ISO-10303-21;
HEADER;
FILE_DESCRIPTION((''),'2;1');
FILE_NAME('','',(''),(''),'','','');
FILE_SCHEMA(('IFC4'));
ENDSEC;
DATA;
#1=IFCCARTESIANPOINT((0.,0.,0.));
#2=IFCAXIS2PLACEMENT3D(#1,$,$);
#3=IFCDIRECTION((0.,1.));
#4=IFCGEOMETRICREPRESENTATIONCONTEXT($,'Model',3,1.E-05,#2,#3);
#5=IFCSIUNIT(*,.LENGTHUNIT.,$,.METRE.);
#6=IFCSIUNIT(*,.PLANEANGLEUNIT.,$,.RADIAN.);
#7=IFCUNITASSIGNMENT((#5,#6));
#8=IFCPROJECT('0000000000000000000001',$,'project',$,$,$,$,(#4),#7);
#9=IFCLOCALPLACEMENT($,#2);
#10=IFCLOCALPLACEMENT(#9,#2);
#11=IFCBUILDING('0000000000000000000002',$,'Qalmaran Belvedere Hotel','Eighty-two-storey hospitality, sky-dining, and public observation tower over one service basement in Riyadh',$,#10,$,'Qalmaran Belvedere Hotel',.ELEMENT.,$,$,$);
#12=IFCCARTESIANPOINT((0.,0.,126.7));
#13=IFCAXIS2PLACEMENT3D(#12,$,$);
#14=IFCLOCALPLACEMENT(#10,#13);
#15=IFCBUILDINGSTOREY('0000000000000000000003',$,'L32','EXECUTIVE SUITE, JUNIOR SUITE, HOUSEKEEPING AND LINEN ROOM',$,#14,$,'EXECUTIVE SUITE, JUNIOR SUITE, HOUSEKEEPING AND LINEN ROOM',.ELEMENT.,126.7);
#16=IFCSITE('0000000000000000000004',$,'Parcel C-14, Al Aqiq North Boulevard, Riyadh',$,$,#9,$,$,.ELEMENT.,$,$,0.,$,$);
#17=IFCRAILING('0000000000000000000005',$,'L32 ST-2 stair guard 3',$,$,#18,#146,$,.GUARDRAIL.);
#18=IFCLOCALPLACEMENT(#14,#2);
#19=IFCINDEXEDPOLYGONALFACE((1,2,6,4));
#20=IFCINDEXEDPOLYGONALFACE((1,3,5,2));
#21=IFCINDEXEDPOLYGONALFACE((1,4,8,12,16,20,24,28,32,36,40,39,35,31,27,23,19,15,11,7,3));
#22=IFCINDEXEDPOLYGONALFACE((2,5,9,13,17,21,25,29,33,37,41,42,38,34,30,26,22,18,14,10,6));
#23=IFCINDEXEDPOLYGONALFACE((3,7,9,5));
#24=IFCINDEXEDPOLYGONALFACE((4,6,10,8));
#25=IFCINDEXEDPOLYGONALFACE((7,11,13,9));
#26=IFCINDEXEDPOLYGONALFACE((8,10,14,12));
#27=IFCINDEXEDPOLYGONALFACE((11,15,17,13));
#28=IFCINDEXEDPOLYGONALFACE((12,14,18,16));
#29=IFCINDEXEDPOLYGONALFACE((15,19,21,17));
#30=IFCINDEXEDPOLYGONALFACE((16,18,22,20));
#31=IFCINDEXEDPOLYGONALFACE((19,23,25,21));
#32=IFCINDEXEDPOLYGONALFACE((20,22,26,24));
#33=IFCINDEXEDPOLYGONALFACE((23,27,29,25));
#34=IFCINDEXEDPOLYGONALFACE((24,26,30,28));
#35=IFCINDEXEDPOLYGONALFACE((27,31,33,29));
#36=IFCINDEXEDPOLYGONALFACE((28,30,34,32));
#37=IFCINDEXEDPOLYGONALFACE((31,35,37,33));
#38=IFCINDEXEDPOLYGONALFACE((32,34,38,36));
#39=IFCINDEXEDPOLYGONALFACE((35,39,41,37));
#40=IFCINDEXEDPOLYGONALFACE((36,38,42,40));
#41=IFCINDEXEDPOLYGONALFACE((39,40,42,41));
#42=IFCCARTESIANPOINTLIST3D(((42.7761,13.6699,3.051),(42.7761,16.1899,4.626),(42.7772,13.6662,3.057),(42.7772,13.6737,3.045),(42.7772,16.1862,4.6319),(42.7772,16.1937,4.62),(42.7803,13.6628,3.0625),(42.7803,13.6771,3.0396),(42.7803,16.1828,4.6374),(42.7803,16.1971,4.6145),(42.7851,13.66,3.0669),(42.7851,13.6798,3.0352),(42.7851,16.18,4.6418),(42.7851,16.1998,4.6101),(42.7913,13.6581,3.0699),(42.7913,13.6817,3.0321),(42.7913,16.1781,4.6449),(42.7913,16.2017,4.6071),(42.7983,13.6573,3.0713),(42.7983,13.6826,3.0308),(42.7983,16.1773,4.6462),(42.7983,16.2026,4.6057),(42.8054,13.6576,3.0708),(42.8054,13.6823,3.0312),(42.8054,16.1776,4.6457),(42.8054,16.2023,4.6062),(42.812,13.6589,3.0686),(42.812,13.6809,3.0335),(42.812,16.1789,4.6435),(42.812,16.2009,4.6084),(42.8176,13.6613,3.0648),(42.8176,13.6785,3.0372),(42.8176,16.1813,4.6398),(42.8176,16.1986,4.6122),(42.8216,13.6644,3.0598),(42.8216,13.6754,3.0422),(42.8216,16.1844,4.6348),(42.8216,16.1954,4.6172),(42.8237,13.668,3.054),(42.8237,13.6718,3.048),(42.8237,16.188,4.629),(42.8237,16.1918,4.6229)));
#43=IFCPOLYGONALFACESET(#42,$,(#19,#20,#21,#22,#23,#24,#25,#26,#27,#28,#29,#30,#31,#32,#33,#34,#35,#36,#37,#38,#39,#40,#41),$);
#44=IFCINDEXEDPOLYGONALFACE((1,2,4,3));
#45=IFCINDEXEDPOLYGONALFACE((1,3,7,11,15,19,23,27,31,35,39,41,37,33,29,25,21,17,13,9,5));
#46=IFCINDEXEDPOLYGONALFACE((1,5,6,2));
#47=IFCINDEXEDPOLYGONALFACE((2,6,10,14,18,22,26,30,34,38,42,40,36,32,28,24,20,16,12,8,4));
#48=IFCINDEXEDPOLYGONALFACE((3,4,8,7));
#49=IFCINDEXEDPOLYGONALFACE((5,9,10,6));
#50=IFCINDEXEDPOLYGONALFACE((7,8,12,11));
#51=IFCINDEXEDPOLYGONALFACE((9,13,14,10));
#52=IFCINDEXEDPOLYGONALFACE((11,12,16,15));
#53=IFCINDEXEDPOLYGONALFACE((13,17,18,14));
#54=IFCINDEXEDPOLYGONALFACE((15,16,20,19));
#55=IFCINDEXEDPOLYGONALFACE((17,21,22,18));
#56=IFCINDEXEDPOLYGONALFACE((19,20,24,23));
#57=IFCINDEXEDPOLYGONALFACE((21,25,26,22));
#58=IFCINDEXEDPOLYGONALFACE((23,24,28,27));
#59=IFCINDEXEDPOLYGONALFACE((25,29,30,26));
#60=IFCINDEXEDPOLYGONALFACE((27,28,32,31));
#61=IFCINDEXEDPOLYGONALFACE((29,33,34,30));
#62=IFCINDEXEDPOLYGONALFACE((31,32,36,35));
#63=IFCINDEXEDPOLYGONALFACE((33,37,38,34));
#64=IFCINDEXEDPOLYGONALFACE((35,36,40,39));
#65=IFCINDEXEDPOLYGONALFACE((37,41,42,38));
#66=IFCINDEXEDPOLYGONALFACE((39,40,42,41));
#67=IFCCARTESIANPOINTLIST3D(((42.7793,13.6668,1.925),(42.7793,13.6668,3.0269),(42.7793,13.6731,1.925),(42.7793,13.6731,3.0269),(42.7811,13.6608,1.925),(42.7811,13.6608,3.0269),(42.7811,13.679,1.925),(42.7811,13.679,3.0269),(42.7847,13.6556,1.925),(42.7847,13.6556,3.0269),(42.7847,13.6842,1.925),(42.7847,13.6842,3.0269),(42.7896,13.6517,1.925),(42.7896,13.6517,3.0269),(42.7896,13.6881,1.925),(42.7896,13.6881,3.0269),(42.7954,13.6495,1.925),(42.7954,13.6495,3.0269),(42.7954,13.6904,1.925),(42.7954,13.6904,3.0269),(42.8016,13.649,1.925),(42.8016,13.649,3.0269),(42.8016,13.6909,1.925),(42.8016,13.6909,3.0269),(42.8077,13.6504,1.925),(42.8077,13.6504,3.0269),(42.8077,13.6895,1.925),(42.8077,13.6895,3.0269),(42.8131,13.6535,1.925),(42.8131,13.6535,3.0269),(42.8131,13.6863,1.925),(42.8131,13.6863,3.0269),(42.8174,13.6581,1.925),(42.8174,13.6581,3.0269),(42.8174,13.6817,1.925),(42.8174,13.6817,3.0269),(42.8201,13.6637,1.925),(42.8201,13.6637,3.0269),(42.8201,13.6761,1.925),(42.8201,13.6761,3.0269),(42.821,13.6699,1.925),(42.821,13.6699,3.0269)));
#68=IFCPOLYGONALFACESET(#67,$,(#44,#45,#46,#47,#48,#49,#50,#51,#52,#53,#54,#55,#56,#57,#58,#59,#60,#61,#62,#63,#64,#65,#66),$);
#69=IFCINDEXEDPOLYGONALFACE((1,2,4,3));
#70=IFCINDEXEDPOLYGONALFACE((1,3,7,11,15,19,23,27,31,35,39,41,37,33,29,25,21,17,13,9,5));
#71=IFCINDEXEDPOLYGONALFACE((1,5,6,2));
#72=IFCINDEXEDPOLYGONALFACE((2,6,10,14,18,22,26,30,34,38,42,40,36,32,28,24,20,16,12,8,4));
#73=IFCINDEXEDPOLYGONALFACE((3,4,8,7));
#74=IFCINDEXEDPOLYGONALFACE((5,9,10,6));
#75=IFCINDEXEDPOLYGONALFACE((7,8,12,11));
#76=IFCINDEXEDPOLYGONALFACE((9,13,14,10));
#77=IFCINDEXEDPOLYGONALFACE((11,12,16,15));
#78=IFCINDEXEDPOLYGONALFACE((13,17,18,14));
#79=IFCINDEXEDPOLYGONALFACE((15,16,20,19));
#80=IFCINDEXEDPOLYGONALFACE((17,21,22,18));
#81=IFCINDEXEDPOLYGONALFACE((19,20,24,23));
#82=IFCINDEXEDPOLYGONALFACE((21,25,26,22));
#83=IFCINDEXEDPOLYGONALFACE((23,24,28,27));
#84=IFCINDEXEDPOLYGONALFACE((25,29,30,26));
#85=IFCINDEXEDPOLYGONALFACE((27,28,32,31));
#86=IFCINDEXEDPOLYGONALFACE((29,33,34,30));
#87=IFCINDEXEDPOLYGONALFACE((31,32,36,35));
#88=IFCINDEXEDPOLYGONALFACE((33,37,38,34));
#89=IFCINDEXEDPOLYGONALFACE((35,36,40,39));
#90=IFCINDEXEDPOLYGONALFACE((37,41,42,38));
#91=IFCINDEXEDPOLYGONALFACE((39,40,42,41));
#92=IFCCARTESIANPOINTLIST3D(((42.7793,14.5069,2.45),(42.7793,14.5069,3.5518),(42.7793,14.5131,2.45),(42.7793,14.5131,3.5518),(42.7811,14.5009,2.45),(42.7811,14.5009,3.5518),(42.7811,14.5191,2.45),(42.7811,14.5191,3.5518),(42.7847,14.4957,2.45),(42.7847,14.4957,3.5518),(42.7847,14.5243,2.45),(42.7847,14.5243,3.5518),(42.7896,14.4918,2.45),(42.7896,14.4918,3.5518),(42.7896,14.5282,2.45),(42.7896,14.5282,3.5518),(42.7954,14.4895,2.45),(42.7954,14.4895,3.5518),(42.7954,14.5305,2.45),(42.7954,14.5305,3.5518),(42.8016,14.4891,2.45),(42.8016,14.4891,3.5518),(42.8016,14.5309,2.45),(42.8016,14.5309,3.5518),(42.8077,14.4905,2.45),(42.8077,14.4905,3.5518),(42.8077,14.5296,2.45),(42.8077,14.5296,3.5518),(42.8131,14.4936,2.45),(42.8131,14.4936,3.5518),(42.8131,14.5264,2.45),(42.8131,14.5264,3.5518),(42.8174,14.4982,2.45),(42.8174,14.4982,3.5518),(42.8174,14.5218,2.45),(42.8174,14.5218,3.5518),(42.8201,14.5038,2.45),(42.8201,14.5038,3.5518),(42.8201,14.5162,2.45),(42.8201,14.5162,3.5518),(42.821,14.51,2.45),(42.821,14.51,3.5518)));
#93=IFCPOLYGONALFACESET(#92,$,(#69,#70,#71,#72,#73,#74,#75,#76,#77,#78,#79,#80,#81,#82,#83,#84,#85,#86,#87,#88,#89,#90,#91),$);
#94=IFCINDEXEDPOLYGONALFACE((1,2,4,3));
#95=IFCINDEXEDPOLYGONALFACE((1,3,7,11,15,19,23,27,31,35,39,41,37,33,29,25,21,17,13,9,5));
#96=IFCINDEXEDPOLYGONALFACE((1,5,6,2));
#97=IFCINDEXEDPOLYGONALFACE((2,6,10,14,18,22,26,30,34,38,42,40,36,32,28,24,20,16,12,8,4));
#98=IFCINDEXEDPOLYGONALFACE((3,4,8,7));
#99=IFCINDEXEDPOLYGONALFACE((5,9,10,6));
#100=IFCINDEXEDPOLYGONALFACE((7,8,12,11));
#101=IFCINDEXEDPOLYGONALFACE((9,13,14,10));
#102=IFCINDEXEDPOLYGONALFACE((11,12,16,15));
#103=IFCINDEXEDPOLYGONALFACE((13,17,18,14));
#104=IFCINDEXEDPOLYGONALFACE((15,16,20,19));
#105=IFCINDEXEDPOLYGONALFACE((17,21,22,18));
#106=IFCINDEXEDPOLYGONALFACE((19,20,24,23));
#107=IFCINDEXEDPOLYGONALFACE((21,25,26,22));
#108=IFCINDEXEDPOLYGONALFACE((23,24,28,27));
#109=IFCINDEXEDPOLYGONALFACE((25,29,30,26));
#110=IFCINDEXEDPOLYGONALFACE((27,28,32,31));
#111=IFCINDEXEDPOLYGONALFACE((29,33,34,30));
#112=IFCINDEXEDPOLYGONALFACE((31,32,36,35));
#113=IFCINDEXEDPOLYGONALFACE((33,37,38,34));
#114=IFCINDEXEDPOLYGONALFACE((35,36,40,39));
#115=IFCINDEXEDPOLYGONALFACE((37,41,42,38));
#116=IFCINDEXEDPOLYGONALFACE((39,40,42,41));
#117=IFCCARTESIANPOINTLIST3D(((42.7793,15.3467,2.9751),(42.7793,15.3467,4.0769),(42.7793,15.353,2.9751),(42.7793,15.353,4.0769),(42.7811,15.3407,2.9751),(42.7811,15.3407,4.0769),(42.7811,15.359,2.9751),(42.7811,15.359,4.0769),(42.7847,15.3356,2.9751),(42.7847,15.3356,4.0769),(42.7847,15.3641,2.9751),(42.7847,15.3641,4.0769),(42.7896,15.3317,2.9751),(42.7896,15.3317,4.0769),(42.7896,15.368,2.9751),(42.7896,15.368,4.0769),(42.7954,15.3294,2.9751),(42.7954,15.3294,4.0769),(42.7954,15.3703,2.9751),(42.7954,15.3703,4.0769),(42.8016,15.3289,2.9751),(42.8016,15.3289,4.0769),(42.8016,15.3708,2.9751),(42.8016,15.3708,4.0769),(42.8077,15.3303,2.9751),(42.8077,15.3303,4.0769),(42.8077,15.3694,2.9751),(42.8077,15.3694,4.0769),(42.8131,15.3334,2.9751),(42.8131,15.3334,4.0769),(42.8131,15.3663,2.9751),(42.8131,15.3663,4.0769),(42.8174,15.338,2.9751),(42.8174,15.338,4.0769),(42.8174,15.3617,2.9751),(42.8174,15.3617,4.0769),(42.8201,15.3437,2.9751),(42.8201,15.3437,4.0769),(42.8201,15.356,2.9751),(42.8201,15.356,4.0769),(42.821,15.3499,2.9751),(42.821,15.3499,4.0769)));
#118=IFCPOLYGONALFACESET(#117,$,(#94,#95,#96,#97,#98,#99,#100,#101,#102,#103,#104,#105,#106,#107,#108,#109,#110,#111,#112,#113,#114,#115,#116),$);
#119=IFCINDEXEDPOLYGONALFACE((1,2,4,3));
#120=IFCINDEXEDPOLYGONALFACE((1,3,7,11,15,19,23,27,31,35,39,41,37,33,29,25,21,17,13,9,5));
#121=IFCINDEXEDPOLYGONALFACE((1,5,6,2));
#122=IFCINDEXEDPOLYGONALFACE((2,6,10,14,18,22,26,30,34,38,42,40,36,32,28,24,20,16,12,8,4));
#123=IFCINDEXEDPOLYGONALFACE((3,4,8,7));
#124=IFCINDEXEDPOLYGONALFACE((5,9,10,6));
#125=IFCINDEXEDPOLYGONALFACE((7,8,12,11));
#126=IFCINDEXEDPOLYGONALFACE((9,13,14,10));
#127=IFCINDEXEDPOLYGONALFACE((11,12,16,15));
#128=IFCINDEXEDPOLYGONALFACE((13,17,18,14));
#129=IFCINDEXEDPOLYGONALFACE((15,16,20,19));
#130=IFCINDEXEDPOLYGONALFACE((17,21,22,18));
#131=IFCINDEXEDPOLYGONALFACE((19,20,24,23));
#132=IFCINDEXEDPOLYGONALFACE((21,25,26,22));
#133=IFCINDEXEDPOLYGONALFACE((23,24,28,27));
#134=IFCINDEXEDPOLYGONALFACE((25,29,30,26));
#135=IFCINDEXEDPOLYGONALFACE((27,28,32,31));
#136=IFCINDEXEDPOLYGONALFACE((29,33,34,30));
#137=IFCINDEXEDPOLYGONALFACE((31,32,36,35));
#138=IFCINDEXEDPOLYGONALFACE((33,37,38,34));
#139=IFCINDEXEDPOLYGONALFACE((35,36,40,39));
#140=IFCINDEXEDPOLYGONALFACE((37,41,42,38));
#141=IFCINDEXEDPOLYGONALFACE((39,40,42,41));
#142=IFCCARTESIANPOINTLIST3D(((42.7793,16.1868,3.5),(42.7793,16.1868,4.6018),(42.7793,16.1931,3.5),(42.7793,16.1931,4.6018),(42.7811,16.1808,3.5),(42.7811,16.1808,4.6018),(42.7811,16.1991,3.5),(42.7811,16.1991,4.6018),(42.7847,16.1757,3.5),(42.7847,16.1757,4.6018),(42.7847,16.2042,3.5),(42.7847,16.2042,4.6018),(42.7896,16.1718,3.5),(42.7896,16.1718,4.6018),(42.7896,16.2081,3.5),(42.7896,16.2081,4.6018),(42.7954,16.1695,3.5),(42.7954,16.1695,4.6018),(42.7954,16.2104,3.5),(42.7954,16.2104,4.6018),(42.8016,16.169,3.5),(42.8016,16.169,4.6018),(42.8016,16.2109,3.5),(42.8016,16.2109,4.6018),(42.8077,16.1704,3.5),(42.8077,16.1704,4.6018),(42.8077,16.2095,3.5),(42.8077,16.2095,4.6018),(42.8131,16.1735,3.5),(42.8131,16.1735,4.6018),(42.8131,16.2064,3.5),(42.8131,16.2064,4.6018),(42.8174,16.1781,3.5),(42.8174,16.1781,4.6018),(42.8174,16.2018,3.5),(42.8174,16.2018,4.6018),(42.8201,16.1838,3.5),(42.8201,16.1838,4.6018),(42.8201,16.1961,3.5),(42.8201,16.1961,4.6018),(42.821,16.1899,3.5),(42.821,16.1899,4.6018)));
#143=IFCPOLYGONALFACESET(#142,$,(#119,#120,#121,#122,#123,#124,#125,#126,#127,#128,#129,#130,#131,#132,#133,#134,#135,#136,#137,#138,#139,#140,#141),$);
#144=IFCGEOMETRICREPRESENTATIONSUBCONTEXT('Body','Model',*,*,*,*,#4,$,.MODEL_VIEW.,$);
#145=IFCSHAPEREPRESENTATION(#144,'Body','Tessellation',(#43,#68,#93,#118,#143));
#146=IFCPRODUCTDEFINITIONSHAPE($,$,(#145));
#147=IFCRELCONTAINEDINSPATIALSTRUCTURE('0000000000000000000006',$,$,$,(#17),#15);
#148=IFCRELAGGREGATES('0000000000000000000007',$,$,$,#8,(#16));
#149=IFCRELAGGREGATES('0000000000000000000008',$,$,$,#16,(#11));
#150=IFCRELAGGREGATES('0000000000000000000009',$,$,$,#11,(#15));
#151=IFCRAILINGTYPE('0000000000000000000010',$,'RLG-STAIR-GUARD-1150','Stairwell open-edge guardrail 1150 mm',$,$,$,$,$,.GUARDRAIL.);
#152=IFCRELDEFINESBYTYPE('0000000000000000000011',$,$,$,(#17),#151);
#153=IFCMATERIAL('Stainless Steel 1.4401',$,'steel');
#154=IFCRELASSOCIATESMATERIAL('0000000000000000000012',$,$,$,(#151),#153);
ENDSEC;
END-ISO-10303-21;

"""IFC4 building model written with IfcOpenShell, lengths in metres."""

from ifc_helpers import new_model, si_unit, direction, frame, origin, origin_2d, place, context, subcontext, project, spatial, circle, extrude, material, type_object, element, save


model = new_model("IFC4")

# Units and contexts
model_context = context("Model", 3, precision=1e-05, world=origin(), true_north=direction((0.0, 1.0)))
body_context = subcontext(model_context, "Body", "Model", "MODEL_VIEW")
ifc_project = project(units=[si_unit("LENGTHUNIT", "METRE"), si_unit("PLANEANGLEUNIT", "RADIAN")], contexts=[model_context])

# Site, building, storey
site_placement = place(None, origin())
site = spatial("IfcSite", under=ifc_project, at=site_placement, Name="Parcel C-14, Al Aqiq North Boulevard, Riyadh", CompositionType="ELEMENT", RefElevation=0.0)
building_placement = place(site_placement, origin())
building = spatial("IfcBuilding", under=site, at=building_placement, Name="Qalmaran Belvedere Hotel", Description="Eighty-two-storey hospitality, sky-dining, and public observation tower over one service basement in Riyadh", LongName="Qalmaran Belvedere Hotel", CompositionType="ELEMENT")
storey_placement = place(building_placement, frame((0.0, 0.0, 126.7)))
storey = spatial("IfcBuildingStorey", under=building, at=storey_placement, Name="L32", Description="EXECUTIVE SUITE, JUNIOR SUITE, HOUSEKEEPING AND LINEN ROOM", LongName="EXECUTIVE SUITE, JUNIOR SUITE, HOUSEKEEPING AND LINEN ROOM", CompositionType="ELEMENT", Elevation=126.7)

# Shared definitions
ifc_material_1 = material(Name="Stainless Steel 1.4401", Category="steel")

# Railing
railing_type_1 = type_object("IfcRailingType", Name="RLG-STAIR-GUARD-1150", Description="Stairwell open-edge guardrail 1150 mm", PredefinedType="GUARDRAIL", material=ifc_material_1)
railing_1_placement = place(storey_placement, frame((42.8, 13.6699, 1.925)))
element("IfcRailing", 1, at=railing_1_placement, inside=storey, type_object=railing_type_1, Name="L32 ST-2 stair guard 3", PredefinedType="GUARDRAIL", context=body_context, shape_type="SweptSolid", body=[
    extrude(circle(Radius=0.0239, at=origin_2d()), frame((0.0, 0.0, 1.126), z_axis=(0.0, 0.848008, 0.529984), x_axis=(-1.0, 0.0, 0.0)), (0.0, 0.0, 1.0), 2.9717),
    extrude(circle(Radius=0.021, at=origin_2d()), origin(), (0.0, 0.0, 1.0), 1.1018),
    extrude(circle(Radius=0.021, at=origin_2d()), frame((0.0, 0.8401, 0.5249)), (0.0, 0.0, 1.0), 1.1018),
    extrude(circle(Radius=0.021, at=origin_2d()), frame((0.0, 1.6799, 1.05)), (0.0, 0.0, 1.0), 1.1018),
    extrude(circle(Radius=0.021, at=origin_2d()), frame((0.0, 2.52, 1.575)), (0.0, 0.0, 1.0), 1.1018),
])

save(model, "model.ifc")
